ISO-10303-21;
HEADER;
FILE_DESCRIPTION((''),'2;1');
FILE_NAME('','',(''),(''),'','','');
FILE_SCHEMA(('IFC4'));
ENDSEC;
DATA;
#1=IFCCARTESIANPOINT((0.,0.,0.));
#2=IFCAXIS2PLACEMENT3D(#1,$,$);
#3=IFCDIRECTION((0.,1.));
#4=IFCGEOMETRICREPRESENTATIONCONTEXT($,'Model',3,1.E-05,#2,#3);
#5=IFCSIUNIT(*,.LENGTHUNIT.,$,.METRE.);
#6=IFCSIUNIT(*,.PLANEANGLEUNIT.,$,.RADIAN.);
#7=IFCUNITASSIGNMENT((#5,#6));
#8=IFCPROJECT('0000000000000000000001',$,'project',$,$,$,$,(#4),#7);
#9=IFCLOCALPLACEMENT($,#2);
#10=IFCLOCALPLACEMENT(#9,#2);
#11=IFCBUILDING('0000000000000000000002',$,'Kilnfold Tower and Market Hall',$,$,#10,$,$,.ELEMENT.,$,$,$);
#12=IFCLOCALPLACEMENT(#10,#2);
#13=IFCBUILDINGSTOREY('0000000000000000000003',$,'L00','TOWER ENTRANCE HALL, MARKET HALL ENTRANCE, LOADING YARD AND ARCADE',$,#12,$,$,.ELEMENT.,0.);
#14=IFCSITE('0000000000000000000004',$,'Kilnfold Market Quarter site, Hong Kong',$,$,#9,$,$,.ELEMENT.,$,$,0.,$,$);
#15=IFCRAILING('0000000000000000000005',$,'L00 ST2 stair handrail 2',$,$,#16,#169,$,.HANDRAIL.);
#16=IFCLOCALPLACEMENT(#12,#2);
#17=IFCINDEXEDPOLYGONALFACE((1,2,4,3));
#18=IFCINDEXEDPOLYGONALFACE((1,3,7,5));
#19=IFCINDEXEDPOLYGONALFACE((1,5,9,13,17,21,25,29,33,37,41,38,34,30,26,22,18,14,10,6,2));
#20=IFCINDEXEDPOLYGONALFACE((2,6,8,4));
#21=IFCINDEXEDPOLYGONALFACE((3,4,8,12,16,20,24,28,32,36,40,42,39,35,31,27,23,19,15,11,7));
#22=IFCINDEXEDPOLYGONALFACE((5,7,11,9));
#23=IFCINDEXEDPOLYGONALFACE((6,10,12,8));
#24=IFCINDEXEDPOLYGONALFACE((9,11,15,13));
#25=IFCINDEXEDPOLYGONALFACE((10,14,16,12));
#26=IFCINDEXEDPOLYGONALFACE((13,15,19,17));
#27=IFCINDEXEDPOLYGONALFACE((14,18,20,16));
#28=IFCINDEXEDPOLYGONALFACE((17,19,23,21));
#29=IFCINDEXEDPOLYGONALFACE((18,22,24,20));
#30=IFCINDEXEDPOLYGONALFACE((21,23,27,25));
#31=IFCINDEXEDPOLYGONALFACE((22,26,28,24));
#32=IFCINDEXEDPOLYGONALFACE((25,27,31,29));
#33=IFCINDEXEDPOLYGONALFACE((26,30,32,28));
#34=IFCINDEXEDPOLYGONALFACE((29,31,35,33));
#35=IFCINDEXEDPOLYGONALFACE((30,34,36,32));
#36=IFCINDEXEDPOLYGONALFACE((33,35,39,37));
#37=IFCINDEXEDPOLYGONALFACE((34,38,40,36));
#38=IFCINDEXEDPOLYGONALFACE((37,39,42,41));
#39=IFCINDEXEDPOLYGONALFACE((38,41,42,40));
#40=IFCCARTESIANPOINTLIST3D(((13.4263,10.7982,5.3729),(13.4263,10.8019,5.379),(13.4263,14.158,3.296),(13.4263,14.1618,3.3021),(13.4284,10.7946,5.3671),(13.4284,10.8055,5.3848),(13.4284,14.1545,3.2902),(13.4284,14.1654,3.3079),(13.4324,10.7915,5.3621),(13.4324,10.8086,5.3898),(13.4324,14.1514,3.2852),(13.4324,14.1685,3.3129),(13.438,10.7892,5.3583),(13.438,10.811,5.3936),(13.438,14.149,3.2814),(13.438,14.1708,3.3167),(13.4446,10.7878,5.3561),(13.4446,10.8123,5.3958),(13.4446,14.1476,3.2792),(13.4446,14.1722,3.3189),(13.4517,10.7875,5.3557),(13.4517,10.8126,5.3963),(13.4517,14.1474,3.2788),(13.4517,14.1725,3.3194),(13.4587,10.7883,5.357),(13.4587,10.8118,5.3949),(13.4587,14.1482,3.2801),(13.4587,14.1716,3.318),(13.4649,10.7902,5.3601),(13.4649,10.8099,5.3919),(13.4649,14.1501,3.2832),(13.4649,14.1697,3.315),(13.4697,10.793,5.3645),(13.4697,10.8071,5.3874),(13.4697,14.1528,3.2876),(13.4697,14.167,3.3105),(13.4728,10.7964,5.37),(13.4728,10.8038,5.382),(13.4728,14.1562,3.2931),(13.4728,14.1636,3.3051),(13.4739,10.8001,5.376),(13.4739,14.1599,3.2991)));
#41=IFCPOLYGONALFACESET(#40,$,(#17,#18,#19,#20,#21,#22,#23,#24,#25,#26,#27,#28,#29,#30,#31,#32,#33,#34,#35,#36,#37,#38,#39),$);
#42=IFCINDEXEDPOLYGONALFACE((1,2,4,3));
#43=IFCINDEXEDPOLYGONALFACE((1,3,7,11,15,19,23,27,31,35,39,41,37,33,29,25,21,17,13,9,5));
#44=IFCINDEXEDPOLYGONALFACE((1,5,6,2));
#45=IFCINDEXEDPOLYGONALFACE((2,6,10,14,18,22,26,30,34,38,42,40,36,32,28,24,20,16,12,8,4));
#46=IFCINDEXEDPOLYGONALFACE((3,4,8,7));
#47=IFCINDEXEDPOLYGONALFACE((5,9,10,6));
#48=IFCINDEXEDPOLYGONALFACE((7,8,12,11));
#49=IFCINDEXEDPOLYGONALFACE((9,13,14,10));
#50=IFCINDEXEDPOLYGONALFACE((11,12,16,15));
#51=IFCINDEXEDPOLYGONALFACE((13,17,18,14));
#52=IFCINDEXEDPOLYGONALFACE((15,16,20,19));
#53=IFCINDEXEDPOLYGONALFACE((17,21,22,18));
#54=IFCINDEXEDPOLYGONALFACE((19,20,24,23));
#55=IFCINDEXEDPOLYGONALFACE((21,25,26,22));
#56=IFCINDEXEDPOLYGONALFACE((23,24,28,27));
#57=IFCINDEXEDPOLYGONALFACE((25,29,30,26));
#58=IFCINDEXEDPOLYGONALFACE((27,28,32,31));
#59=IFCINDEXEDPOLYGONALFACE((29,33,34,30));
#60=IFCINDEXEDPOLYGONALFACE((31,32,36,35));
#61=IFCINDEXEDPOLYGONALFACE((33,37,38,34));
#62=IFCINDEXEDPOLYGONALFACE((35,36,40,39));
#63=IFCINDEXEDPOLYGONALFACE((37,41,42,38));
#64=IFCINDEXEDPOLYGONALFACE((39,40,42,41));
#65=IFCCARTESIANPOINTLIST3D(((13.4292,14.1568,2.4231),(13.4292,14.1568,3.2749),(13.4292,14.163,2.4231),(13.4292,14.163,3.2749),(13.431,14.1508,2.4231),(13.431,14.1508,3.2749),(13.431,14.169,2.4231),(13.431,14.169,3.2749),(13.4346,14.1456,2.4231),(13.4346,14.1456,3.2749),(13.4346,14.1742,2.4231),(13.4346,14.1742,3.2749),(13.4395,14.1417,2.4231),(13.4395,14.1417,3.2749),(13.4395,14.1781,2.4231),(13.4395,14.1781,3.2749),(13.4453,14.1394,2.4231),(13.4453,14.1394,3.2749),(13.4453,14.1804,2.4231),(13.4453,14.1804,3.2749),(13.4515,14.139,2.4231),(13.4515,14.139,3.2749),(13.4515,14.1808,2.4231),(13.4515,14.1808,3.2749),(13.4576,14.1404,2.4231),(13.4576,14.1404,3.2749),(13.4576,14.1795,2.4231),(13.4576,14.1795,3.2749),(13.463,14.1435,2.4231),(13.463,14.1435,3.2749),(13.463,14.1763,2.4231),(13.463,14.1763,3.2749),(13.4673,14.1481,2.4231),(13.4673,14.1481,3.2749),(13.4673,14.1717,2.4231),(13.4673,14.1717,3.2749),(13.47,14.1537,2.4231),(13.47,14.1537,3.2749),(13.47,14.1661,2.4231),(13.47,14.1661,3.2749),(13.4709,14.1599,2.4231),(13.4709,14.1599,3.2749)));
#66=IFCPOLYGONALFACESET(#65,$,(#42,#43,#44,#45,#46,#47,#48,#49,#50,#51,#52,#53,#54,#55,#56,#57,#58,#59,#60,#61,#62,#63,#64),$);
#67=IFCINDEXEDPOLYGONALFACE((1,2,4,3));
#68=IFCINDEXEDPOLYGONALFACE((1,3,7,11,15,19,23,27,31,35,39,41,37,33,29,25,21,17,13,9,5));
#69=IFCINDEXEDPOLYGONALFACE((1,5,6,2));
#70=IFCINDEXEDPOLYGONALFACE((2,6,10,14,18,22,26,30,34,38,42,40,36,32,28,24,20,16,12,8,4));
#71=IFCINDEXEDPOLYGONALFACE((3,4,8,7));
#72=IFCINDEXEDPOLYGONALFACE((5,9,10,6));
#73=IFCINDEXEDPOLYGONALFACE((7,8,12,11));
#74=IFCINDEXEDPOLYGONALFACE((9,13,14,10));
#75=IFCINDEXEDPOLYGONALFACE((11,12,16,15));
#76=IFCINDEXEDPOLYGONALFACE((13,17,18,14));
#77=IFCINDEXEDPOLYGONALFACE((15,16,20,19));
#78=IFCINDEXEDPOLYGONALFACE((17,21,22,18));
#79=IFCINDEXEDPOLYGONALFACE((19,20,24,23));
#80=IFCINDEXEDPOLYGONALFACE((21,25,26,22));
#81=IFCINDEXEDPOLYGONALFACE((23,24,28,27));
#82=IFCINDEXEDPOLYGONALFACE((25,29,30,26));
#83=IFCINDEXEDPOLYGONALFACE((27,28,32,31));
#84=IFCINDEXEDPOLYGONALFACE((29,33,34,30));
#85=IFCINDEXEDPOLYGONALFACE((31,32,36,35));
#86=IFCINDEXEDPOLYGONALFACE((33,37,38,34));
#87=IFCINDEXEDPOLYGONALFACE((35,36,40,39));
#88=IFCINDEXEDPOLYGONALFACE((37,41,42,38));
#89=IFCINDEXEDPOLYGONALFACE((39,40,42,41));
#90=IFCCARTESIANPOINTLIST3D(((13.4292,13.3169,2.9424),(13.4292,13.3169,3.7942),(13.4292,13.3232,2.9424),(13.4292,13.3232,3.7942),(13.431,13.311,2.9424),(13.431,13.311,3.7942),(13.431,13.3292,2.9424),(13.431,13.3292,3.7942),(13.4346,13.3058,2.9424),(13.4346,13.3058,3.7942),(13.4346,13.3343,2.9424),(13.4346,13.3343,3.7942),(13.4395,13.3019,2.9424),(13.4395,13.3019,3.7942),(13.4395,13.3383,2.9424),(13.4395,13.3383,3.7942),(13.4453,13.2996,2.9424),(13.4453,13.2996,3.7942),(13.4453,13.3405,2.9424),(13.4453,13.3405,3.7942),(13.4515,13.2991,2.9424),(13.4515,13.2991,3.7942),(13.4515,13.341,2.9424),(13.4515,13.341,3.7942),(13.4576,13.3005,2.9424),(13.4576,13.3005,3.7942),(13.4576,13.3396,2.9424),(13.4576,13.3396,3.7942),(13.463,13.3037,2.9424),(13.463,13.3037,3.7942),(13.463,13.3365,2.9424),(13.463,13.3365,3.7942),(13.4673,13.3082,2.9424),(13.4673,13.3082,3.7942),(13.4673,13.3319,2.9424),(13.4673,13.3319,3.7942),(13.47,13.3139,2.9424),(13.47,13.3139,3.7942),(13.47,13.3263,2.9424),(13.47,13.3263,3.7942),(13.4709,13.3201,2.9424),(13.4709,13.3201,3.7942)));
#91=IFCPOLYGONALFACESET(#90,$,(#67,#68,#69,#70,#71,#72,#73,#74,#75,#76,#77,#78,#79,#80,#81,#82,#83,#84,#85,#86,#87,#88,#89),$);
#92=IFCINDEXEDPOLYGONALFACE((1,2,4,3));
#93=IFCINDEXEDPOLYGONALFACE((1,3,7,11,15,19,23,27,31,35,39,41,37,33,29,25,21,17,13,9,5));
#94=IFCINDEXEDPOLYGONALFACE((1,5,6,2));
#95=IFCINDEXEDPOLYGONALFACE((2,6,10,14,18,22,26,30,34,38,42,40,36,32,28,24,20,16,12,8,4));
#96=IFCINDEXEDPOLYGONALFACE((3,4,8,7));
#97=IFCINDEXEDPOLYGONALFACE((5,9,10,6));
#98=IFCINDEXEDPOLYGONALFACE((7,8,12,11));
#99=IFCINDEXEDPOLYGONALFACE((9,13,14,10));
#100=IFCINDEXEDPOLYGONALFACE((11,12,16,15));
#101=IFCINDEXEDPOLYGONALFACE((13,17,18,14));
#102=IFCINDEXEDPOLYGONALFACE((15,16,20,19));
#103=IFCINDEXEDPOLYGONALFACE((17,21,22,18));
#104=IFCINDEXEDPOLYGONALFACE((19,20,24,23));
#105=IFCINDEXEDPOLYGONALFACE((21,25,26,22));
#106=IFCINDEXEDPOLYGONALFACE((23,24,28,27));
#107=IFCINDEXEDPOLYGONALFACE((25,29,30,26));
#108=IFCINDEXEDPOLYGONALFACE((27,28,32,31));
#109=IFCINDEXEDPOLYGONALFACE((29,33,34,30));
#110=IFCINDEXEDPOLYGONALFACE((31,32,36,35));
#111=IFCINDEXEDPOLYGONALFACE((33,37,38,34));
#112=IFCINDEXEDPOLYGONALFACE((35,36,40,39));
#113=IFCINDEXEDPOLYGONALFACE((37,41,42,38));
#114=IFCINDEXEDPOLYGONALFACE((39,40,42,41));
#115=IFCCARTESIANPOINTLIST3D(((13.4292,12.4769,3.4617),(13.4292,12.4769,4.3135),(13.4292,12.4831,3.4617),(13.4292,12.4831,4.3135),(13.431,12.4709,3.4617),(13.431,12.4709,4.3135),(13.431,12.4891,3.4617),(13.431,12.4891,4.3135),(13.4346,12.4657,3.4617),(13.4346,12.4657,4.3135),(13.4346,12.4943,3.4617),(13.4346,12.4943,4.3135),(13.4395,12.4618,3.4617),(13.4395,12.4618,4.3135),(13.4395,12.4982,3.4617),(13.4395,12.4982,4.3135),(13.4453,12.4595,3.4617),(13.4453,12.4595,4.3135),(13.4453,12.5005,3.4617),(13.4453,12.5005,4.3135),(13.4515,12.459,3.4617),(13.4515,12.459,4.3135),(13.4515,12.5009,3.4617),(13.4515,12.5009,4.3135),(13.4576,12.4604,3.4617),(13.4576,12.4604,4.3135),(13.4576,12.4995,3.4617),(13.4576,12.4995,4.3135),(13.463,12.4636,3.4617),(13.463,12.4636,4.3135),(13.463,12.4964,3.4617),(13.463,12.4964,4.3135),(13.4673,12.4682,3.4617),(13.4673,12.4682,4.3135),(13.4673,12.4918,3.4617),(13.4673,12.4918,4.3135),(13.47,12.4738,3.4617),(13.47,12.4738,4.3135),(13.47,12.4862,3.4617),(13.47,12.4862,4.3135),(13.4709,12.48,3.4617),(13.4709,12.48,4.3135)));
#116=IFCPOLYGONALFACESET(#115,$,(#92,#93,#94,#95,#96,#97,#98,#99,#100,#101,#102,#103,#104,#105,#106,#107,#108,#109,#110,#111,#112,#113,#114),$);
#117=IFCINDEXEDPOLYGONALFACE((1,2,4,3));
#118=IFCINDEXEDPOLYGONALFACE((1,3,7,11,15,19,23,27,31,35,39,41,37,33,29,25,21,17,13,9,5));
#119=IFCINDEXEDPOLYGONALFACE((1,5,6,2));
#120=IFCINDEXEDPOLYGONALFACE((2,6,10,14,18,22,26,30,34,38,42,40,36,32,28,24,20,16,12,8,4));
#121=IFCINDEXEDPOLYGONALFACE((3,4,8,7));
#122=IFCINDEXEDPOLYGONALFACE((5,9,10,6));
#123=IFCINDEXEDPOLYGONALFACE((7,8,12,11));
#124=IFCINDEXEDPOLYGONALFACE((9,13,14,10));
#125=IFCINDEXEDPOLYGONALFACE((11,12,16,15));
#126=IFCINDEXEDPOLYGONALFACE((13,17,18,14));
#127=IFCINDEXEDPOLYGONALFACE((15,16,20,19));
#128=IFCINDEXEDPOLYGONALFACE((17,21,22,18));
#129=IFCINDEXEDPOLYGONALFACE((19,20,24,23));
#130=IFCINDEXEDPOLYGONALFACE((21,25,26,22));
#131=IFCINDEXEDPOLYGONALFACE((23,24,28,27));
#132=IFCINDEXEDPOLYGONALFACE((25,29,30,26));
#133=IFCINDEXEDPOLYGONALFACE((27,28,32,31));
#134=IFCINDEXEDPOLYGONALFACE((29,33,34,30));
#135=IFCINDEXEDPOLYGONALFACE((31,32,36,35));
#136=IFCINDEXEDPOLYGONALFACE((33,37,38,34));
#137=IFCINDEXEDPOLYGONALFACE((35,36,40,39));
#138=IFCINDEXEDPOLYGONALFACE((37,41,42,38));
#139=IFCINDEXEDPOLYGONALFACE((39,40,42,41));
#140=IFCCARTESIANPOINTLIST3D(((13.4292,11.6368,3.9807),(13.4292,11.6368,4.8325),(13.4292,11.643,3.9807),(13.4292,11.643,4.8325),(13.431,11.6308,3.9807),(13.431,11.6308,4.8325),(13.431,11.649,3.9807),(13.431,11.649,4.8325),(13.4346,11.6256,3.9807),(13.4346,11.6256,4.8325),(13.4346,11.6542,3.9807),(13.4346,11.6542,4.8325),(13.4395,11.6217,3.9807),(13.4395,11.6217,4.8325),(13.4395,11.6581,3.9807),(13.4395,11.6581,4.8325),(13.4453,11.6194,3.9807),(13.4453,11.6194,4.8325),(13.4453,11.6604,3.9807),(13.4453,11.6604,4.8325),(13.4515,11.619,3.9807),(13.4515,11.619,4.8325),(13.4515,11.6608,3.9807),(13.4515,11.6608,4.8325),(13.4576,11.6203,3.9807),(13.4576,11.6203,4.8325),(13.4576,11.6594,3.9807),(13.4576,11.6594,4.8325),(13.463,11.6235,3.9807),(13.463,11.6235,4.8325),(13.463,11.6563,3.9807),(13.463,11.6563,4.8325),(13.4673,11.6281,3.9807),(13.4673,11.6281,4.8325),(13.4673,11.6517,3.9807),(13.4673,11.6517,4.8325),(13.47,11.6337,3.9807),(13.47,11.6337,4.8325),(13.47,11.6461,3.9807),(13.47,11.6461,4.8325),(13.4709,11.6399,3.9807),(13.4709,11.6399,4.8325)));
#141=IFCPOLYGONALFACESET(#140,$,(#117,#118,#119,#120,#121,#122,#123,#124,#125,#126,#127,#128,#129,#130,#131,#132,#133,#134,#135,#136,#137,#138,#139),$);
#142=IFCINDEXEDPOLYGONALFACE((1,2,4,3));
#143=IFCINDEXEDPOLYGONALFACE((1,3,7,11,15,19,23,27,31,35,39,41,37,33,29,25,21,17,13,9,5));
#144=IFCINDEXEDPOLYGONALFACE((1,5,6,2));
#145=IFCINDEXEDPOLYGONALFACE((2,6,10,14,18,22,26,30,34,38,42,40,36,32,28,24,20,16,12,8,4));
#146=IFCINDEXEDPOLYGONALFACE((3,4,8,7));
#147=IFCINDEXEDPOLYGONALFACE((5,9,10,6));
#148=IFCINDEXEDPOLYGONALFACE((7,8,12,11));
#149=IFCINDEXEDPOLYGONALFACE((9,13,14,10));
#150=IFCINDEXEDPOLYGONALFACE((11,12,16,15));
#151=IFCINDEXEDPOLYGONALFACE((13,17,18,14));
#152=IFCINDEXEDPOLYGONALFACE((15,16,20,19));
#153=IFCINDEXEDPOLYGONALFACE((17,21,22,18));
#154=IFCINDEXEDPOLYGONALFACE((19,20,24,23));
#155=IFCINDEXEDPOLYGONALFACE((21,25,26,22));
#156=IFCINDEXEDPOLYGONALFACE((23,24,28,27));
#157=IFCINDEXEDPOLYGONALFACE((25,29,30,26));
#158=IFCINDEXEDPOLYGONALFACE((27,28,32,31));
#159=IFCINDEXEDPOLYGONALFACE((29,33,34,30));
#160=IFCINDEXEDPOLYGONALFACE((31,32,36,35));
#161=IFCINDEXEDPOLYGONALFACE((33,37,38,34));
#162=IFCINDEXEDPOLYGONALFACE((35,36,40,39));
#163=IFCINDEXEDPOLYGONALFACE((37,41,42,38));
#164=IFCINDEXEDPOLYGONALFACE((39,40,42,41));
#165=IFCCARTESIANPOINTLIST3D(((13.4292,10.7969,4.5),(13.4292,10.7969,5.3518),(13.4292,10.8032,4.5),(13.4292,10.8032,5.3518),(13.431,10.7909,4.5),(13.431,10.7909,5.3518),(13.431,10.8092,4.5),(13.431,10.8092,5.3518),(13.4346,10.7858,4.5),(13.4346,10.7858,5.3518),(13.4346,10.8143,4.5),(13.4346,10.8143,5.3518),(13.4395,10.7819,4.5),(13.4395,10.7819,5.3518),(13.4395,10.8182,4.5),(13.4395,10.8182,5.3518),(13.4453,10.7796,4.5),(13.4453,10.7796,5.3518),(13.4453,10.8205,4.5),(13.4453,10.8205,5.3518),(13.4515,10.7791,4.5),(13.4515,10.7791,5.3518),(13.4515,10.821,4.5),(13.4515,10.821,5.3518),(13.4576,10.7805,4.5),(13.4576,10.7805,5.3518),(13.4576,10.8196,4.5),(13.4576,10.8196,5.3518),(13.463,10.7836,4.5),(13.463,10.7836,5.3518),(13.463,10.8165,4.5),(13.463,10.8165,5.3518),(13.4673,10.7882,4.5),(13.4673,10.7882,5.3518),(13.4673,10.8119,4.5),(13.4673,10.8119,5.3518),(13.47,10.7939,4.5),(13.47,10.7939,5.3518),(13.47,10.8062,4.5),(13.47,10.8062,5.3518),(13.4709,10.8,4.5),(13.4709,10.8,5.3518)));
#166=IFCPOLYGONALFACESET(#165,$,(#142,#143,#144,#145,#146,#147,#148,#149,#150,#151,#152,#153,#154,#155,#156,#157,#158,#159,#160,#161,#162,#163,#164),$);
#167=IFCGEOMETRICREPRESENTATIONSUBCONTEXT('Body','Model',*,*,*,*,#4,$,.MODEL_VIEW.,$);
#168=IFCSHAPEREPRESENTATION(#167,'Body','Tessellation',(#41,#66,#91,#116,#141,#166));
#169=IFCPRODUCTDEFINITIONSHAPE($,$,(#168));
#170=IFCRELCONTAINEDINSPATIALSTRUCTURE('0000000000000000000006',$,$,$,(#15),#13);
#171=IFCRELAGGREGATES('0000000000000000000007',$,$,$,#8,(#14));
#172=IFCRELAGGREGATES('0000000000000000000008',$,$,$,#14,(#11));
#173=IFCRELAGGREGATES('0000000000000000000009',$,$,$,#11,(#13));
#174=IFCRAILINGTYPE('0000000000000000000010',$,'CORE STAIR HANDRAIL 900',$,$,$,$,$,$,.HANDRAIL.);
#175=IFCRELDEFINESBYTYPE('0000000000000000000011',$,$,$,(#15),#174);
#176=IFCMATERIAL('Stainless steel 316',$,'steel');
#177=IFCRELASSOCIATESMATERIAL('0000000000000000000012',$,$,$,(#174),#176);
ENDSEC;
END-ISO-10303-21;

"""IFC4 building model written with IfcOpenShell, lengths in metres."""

from ifc_helpers import new_model, si_unit, direction, frame, origin, origin_2d, place, context, subcontext, project, spatial, circle, extrude, material, type_object, element, save


model = new_model("IFC4")

# Units and contexts
model_context = context("Model", 3, precision=1e-05, world=origin(), true_north=direction((0.0, 1.0)))
body_context = subcontext(model_context, "Body", "Model", "MODEL_VIEW")
ifc_project = project(units=[si_unit("LENGTHUNIT", "METRE"), si_unit("PLANEANGLEUNIT", "RADIAN")], contexts=[model_context])

# Site, building, storey
site_placement = place(None, origin())
site = spatial("IfcSite", under=ifc_project, at=site_placement, Name="Kilnfold Market Quarter site, Hong Kong", CompositionType="ELEMENT", RefElevation=0.0)
building_placement = place(site_placement, origin())
building = spatial("IfcBuilding", under=site, at=building_placement, Name="Kilnfold Tower and Market Hall", CompositionType="ELEMENT")
storey_placement = place(building_placement, origin())
storey = spatial("IfcBuildingStorey", under=building, at=storey_placement, Name="L00", Description="TOWER ENTRANCE HALL, MARKET HALL ENTRANCE, LOADING YARD AND ARCADE", CompositionType="ELEMENT", Elevation=0.0)

# Railing
ifc_material_1 = material(Name="Stainless steel 316", Category="steel")
railing_type_1 = type_object("IfcRailingType", Name="CORE STAIR HANDRAIL 900", PredefinedType="HANDRAIL", material=ifc_material_1)
railing_1_placement = place(storey_placement, frame((13.45, 14.1599, 2.4231)))
element("IfcRailing", 1, at=railing_1_placement, inside=storey, type_object=railing_type_1, Name="L00 ST2 stair handrail 2", PredefinedType="HANDRAIL", context=body_context, shape_type="SweptSolid", body=[
    extrude(circle(Radius=0.0239, at=origin_2d()), frame((0.0, 0.0, 0.876), z_axis=(0.0, -0.850606, 0.525803), x_axis=(1.0, 0.0, 0.0)), (0.0, 0.0, 1.0), 3.95),
    extrude(circle(Radius=0.021, at=origin_2d()), origin(), (0.0, 0.0, 1.0), 0.8518),
    extrude(circle(Radius=0.021, at=origin_2d()), frame((0.0, -0.8398, 0.5193)), (0.0, 0.0, 1.0), 0.8518),
    extrude(circle(Radius=0.021, at=origin_2d()), frame((0.0, -1.6799, 1.0386)), (0.0, 0.0, 1.0), 0.8518),
    extrude(circle(Radius=0.021, at=origin_2d()), frame((0.0, -2.52, 1.5576)), (0.0, 0.0, 1.0), 0.8518),
    extrude(circle(Radius=0.021, at=origin_2d()), frame((0.0, -3.3599, 2.0769)), (0.0, 0.0, 1.0), 0.8518),
])

save(model, "model.ifc")
